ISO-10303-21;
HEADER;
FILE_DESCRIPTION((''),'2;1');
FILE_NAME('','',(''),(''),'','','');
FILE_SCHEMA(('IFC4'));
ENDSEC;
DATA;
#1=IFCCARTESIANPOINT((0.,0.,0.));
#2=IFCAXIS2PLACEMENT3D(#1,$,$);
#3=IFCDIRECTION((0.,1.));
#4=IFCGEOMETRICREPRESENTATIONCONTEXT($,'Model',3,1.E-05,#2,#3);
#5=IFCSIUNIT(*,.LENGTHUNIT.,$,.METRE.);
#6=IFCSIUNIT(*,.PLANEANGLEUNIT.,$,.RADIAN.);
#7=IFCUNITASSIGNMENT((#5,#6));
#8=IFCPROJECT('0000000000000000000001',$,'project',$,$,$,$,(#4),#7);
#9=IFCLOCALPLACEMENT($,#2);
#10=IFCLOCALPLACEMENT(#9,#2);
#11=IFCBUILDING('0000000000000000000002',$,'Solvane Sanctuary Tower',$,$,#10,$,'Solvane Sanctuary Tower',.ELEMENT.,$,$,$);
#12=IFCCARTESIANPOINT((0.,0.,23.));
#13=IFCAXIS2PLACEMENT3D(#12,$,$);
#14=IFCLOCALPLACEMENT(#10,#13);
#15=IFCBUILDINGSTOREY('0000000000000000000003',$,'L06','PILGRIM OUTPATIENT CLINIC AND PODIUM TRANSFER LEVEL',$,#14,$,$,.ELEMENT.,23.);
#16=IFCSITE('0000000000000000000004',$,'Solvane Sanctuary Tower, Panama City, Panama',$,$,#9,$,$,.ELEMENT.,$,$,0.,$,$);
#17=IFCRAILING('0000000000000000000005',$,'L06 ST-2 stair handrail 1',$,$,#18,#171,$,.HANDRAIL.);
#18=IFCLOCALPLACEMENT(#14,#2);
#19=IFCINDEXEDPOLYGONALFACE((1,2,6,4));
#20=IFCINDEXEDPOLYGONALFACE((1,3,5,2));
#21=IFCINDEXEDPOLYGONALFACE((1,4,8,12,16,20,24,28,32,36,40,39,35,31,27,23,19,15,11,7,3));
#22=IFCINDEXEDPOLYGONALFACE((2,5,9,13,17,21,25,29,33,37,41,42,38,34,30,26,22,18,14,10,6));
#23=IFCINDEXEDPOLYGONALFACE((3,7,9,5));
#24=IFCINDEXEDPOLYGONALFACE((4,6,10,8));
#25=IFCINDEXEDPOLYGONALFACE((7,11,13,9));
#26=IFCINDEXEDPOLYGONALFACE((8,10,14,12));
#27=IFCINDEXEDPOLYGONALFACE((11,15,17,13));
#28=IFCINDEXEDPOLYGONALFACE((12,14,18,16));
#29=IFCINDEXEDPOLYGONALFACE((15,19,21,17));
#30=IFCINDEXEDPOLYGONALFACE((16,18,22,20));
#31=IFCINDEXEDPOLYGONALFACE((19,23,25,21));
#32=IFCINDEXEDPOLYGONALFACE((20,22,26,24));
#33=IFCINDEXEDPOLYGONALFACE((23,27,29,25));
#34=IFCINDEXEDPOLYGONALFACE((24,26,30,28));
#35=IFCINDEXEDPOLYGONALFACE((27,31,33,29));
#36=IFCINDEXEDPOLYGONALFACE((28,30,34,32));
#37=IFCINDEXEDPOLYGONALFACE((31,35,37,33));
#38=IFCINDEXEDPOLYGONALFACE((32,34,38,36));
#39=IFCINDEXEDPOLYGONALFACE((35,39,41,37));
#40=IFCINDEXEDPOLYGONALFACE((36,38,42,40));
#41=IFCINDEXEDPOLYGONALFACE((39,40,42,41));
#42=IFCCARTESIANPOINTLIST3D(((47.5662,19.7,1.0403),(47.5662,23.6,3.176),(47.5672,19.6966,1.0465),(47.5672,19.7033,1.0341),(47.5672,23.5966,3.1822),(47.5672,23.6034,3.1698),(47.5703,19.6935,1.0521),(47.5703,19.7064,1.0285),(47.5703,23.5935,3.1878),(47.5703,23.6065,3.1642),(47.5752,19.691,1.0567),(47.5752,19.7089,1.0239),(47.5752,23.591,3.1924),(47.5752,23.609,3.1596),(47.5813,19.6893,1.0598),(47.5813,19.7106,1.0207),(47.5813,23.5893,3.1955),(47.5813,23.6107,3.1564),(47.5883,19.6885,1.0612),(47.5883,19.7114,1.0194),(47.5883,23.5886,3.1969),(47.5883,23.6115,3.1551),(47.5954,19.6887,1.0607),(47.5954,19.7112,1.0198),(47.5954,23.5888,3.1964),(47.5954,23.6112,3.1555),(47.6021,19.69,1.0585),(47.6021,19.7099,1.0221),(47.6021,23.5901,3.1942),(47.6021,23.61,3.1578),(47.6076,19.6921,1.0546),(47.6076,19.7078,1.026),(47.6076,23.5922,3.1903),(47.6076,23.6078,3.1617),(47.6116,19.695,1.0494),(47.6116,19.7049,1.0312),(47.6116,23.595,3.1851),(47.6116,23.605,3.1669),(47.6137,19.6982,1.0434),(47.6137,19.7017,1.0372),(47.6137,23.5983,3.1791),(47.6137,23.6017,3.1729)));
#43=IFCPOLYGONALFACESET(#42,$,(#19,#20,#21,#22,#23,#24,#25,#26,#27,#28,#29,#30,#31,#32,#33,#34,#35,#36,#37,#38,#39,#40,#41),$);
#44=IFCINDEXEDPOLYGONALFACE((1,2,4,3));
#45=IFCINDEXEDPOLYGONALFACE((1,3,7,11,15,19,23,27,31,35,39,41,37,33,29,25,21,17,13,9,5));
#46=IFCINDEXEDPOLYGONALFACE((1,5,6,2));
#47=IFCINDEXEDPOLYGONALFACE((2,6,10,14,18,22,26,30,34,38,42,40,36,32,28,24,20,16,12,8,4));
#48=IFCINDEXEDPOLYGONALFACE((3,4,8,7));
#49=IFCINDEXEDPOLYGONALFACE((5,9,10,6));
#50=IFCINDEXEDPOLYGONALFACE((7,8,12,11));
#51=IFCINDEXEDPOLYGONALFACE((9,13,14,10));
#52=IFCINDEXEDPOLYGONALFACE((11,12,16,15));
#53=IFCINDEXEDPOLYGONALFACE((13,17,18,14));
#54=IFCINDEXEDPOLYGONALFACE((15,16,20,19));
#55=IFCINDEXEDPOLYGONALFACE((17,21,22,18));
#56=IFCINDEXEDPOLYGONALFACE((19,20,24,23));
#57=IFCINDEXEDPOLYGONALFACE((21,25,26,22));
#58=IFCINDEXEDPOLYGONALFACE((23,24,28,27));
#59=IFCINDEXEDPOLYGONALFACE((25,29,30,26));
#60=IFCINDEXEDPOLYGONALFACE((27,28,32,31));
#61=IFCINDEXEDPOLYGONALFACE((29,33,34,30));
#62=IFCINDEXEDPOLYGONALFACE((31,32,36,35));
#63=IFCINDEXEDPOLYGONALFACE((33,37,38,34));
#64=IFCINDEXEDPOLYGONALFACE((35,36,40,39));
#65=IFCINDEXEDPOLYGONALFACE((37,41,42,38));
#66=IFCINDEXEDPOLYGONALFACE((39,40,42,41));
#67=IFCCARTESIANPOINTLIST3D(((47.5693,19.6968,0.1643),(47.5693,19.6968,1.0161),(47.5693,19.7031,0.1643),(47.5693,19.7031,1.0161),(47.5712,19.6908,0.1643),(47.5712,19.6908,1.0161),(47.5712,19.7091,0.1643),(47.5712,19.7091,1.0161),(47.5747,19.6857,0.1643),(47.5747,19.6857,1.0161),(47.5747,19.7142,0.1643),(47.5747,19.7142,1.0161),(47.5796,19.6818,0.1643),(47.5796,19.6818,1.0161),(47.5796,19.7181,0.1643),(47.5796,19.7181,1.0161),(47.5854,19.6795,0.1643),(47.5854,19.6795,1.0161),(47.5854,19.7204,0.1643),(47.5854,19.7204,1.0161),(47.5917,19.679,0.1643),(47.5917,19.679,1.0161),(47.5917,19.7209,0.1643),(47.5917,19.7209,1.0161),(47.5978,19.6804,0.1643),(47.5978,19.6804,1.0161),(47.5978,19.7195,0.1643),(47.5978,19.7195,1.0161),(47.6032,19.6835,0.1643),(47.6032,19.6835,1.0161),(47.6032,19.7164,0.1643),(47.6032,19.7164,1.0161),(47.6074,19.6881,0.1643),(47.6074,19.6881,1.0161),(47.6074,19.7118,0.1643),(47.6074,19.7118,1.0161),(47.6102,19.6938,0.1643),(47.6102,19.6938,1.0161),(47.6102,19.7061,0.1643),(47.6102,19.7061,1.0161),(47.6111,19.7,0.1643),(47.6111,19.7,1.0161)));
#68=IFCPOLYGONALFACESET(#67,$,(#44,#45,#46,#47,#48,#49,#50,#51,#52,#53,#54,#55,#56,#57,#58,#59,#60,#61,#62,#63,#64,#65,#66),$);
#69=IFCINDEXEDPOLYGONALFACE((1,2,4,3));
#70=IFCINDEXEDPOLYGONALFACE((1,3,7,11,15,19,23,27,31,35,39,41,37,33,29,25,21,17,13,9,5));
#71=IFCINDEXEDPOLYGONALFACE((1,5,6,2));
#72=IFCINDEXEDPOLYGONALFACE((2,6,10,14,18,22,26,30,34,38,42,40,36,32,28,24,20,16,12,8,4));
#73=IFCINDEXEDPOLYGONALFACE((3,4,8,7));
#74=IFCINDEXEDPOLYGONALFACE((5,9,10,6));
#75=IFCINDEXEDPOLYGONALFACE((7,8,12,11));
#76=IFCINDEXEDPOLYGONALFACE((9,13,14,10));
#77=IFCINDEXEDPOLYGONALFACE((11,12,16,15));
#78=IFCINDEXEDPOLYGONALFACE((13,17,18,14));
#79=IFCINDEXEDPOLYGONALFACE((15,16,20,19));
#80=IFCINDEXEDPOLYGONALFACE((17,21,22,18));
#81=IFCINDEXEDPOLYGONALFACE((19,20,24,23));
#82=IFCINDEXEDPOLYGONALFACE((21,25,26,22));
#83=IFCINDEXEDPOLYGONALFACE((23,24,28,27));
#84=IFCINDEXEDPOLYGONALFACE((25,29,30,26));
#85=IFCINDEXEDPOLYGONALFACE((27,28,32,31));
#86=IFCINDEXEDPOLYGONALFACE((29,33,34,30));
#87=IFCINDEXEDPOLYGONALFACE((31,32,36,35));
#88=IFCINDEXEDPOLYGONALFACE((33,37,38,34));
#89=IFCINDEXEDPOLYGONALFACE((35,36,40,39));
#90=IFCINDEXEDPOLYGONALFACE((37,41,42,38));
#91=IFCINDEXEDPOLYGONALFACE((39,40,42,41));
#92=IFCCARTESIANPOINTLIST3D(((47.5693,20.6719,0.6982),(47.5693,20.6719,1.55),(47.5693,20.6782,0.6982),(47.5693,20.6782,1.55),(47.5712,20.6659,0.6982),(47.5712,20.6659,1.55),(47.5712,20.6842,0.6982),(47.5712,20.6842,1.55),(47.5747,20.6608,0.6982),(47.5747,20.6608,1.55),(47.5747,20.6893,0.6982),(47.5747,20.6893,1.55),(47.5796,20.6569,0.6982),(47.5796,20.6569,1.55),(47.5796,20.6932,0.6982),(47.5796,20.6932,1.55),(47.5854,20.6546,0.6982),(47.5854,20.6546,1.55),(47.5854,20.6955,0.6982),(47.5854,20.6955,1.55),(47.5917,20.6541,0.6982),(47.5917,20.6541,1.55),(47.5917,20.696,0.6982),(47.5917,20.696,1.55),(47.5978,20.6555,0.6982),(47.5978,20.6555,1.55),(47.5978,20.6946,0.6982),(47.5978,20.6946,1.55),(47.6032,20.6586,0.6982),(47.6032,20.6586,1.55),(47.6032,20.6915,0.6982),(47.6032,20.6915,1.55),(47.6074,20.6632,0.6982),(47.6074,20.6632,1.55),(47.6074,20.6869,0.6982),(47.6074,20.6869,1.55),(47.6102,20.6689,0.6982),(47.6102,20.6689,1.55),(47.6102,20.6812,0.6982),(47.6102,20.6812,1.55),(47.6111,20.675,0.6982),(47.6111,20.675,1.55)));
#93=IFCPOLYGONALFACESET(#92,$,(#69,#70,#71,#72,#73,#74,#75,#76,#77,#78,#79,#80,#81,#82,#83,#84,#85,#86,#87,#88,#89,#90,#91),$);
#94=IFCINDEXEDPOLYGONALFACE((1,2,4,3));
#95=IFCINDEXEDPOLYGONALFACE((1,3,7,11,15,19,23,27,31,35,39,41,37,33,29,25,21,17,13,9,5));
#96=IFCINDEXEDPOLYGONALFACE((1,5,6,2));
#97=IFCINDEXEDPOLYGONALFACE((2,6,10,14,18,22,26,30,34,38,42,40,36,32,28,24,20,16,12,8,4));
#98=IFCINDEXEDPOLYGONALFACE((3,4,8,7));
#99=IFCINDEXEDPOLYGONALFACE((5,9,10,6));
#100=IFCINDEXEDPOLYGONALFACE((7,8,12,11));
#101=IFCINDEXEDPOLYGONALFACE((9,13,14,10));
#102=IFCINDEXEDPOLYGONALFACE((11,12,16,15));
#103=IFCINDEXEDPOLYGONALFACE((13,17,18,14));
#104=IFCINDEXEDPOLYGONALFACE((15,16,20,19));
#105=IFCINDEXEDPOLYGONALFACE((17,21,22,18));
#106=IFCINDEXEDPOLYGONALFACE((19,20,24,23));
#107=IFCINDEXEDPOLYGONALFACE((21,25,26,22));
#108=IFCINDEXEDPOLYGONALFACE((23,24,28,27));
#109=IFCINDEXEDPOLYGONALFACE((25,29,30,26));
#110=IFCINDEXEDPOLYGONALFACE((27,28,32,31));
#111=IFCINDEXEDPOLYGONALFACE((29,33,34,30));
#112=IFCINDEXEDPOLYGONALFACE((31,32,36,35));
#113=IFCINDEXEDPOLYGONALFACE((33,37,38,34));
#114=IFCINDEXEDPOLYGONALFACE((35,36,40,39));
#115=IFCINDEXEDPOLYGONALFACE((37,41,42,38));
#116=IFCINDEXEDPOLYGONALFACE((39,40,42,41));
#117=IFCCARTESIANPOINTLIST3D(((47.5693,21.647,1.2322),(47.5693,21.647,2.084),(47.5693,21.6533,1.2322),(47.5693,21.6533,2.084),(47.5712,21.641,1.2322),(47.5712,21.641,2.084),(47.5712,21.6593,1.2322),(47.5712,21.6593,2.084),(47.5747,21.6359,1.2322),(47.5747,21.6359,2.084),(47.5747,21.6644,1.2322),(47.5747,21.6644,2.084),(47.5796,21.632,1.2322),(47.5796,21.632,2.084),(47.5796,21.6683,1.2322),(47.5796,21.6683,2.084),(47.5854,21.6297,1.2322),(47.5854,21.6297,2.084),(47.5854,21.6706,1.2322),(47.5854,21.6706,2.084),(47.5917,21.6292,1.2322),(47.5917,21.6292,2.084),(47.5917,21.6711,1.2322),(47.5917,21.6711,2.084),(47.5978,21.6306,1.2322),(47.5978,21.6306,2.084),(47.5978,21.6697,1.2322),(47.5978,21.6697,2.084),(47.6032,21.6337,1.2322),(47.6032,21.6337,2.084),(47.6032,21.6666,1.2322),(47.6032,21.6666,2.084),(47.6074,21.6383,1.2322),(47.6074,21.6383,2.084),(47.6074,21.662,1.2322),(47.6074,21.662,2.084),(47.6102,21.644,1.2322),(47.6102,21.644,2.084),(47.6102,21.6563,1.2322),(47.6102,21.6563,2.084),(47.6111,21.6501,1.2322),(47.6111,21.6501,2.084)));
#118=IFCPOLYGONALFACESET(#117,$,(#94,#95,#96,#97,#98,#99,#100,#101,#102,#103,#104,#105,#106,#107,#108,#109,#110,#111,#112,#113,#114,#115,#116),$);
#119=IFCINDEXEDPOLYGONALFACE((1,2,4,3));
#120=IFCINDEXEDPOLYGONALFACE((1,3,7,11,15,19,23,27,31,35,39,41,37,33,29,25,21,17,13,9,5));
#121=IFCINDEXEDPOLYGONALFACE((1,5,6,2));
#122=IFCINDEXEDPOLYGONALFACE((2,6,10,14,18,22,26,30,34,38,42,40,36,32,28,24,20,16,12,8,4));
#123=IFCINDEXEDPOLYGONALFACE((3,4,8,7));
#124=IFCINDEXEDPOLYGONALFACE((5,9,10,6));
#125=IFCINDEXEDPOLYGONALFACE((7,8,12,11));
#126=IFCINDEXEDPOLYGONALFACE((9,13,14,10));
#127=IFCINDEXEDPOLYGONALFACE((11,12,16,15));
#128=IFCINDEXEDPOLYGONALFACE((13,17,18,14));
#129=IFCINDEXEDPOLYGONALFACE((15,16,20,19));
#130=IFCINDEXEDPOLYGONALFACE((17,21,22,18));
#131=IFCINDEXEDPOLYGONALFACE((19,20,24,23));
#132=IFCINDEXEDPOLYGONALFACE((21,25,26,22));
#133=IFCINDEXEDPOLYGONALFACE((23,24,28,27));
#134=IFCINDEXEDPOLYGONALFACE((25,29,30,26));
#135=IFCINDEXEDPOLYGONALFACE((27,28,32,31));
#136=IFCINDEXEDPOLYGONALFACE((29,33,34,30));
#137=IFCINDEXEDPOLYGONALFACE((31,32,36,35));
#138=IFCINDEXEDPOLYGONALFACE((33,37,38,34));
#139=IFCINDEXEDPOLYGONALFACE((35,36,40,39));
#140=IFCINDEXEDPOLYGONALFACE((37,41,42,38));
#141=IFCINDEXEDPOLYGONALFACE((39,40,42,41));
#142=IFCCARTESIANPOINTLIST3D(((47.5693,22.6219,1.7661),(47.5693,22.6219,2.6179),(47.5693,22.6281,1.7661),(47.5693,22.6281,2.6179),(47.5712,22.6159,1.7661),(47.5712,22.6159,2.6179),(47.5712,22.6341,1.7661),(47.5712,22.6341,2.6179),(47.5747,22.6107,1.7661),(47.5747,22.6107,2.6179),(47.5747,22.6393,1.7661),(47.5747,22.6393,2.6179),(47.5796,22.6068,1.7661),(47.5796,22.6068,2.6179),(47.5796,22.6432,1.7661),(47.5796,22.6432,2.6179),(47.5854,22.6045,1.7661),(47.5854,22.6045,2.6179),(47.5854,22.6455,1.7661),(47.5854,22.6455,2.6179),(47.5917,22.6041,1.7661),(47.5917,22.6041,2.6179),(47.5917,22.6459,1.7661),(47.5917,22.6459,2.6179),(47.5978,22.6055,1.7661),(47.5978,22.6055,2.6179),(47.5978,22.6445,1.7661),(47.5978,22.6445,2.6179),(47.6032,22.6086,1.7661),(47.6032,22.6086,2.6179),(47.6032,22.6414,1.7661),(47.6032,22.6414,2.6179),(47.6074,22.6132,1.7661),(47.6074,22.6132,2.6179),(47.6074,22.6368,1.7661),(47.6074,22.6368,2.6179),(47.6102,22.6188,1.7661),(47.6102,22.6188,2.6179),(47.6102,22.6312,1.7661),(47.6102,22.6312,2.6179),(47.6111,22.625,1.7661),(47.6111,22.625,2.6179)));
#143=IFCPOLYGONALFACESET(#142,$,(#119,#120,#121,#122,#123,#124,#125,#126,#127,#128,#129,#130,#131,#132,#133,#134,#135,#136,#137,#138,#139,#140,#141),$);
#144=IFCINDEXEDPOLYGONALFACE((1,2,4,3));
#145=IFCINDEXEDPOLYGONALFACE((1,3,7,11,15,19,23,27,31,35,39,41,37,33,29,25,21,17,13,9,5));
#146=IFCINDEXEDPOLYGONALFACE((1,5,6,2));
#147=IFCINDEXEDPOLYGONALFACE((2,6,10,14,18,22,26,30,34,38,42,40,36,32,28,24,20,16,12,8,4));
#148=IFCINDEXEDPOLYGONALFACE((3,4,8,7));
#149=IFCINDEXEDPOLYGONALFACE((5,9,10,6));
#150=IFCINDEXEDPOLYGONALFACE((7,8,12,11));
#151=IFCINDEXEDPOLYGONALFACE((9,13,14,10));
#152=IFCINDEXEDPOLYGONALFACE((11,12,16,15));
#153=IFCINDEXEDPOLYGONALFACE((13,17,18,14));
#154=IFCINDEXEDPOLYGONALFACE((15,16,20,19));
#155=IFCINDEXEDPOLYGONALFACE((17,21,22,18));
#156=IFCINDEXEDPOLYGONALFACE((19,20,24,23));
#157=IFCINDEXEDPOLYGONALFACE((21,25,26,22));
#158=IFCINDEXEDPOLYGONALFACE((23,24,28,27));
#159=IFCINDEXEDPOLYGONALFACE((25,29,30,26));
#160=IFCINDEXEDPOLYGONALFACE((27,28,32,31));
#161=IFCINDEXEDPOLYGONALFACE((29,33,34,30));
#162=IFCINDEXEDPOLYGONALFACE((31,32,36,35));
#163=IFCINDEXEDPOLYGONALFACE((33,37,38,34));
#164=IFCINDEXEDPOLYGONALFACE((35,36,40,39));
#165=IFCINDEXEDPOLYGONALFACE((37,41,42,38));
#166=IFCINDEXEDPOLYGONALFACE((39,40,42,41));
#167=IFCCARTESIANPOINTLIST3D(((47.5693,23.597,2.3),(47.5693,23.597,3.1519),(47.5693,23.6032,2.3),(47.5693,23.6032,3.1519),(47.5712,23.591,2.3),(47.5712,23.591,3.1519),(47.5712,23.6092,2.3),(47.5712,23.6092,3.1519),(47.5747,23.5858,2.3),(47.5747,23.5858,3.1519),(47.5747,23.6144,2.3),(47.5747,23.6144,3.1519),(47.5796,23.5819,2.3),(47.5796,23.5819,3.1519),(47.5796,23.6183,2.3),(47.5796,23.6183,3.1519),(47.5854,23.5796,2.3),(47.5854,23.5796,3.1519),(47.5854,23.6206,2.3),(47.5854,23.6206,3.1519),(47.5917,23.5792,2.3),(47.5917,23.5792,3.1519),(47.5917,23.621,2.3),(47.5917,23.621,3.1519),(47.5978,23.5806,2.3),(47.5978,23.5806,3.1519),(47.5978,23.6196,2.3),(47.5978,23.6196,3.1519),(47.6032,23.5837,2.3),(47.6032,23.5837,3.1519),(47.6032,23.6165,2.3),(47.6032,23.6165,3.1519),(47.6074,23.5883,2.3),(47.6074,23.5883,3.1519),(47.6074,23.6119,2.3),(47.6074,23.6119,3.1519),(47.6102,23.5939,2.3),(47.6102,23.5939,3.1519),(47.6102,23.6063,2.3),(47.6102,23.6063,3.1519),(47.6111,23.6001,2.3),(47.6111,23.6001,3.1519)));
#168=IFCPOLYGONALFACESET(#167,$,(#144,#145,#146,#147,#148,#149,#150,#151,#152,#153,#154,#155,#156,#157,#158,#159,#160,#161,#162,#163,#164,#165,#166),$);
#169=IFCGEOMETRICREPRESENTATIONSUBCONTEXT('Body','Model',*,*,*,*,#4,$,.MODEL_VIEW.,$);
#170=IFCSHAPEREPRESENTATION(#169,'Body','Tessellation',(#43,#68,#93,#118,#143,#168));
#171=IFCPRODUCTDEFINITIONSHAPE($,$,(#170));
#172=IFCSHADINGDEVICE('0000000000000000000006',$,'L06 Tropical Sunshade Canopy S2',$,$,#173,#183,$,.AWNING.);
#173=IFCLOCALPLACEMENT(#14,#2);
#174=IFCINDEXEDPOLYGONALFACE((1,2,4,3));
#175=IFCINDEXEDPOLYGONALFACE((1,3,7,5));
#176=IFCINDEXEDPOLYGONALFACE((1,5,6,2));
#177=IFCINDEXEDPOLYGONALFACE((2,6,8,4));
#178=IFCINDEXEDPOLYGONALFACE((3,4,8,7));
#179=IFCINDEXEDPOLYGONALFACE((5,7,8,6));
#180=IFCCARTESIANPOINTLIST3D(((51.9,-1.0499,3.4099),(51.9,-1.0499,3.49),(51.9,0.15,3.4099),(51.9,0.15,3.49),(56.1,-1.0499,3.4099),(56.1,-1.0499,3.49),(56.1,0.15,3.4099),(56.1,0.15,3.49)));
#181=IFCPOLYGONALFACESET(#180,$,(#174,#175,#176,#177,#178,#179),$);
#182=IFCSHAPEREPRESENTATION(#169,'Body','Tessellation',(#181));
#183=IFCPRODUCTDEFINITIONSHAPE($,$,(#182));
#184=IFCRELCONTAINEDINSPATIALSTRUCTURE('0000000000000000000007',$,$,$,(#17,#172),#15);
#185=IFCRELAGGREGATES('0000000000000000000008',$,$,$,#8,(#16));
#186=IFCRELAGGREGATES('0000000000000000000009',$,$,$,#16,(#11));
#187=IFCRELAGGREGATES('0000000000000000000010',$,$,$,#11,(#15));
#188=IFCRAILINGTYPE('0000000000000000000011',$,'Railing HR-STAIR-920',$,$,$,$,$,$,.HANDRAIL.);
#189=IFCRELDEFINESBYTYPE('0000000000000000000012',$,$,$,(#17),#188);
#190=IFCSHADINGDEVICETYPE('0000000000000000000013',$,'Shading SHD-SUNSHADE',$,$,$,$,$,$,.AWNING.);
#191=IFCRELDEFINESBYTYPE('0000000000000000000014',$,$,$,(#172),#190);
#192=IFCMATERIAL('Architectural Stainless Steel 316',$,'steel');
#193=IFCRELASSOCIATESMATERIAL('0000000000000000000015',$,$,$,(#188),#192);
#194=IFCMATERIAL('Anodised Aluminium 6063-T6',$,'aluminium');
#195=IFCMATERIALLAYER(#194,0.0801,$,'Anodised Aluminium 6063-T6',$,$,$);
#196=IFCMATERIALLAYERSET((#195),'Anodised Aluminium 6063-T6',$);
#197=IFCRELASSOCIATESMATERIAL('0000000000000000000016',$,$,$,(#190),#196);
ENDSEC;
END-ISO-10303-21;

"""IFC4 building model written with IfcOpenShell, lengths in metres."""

from ifc_helpers import new_model, si_unit, direction, frame, origin, origin_2d, place, context, subcontext, project, spatial, rectangle, circle, extrude, material, layer, layer_set, type_object, element, save


model = new_model("IFC4")

# Units and contexts
model_context = context("Model", 3, precision=1e-05, world=origin(), true_north=direction((0.0, 1.0)))
body_context = subcontext(model_context, "Body", "Model", "MODEL_VIEW")
ifc_project = project(units=[si_unit("LENGTHUNIT", "METRE"), si_unit("PLANEANGLEUNIT", "RADIAN")], contexts=[model_context])

# Site, building, storey
site_placement = place(None, origin())
site = spatial("IfcSite", under=ifc_project, at=site_placement, Name="Solvane Sanctuary Tower, Panama City, Panama", CompositionType="ELEMENT", RefElevation=0.0)
building_placement = place(site_placement, origin())
building = spatial("IfcBuilding", under=site, at=building_placement, Name="Solvane Sanctuary Tower", LongName="Solvane Sanctuary Tower", CompositionType="ELEMENT")
storey_placement = place(building_placement, frame((0.0, 0.0, 23.0)))
storey = spatial("IfcBuildingStorey", under=building, at=storey_placement, Name="L06", Description="PILGRIM OUTPATIENT CLINIC AND PODIUM TRANSFER LEVEL", CompositionType="ELEMENT", Elevation=23.0)

# Shared definitions
ifc_material_1 = material(Name="Architectural Stainless Steel 316", Category="steel")

# Railing
railing_type_1 = type_object("IfcRailingType", Name="Railing HR-STAIR-920", PredefinedType="HANDRAIL", material=ifc_material_1)
railing_1_placement = place(storey_placement, frame((47.5901, 19.7, 0.1643)))
element("IfcRailing", 1, at=railing_1_placement, inside=storey, type_object=railing_type_1, Name="L06 ST-2 stair handrail 1", PredefinedType="HANDRAIL", context=body_context, shape_type="SweptSolid", body=[
    extrude(circle(Radius=0.0239, at=origin_2d()), frame((0.0, 0.0, 0.876), z_axis=(0.0, 0.877101, 0.480306), x_axis=(-1.0, 0.0, 0.0)), (0.0, 0.0, 1.0), 4.4465),
    extrude(circle(Radius=0.021, at=origin_2d()), origin(), (0.0, 0.0, 1.0), 0.8518),
    extrude(circle(Radius=0.021, at=origin_2d()), frame((0.0, 0.9751, 0.5339)), (0.0, 0.0, 1.0), 0.8518),
    extrude(circle(Radius=0.021, at=origin_2d()), frame((0.0, 1.9502, 1.0679)), (0.0, 0.0, 1.0), 0.8518),
    extrude(circle(Radius=0.021, at=origin_2d()), frame((0.0, 2.925, 1.6018)), (0.0, 0.0, 1.0), 0.8518),
    extrude(circle(Radius=0.021, at=origin_2d()), frame((0.0, 3.9001, 2.1357)), (0.0, 0.0, 1.0), 0.8518),
])

# Shading device
ifc_material_2 = material(Name="Anodised Aluminium 6063-T6", Category="aluminium")
ifc_layer_1 = layer(ifc_material_2, 0.0801, Name="Anodised Aluminium 6063-T6")
ifc_layer_set_1 = layer_set([ifc_layer_1], Name="Anodised Aluminium 6063-T6")
shading_device_type = type_object("IfcShadingDeviceType", Name="Shading SHD-SUNSHADE", PredefinedType="AWNING", material=ifc_layer_set_1)
shading_device_placement = place(storey_placement, frame((54.0, -0.45, 3.4099), z_axis=(0.0, 0.0, 1.0), x_axis=(1.0, 0.0, 0.0)))
element("IfcShadingDevice", 2, at=shading_device_placement, inside=storey, type_object=shading_device_type, Name="L06 Tropical Sunshade Canopy S2", PredefinedType="AWNING", context=body_context, shape_type="SweptSolid", body=[
    extrude(rectangle(XDim=4.2, YDim=1.2, at=origin_2d()), origin(), (0.0, 0.0, 1.0), 0.0801),
])

save(model, "model.ifc")
